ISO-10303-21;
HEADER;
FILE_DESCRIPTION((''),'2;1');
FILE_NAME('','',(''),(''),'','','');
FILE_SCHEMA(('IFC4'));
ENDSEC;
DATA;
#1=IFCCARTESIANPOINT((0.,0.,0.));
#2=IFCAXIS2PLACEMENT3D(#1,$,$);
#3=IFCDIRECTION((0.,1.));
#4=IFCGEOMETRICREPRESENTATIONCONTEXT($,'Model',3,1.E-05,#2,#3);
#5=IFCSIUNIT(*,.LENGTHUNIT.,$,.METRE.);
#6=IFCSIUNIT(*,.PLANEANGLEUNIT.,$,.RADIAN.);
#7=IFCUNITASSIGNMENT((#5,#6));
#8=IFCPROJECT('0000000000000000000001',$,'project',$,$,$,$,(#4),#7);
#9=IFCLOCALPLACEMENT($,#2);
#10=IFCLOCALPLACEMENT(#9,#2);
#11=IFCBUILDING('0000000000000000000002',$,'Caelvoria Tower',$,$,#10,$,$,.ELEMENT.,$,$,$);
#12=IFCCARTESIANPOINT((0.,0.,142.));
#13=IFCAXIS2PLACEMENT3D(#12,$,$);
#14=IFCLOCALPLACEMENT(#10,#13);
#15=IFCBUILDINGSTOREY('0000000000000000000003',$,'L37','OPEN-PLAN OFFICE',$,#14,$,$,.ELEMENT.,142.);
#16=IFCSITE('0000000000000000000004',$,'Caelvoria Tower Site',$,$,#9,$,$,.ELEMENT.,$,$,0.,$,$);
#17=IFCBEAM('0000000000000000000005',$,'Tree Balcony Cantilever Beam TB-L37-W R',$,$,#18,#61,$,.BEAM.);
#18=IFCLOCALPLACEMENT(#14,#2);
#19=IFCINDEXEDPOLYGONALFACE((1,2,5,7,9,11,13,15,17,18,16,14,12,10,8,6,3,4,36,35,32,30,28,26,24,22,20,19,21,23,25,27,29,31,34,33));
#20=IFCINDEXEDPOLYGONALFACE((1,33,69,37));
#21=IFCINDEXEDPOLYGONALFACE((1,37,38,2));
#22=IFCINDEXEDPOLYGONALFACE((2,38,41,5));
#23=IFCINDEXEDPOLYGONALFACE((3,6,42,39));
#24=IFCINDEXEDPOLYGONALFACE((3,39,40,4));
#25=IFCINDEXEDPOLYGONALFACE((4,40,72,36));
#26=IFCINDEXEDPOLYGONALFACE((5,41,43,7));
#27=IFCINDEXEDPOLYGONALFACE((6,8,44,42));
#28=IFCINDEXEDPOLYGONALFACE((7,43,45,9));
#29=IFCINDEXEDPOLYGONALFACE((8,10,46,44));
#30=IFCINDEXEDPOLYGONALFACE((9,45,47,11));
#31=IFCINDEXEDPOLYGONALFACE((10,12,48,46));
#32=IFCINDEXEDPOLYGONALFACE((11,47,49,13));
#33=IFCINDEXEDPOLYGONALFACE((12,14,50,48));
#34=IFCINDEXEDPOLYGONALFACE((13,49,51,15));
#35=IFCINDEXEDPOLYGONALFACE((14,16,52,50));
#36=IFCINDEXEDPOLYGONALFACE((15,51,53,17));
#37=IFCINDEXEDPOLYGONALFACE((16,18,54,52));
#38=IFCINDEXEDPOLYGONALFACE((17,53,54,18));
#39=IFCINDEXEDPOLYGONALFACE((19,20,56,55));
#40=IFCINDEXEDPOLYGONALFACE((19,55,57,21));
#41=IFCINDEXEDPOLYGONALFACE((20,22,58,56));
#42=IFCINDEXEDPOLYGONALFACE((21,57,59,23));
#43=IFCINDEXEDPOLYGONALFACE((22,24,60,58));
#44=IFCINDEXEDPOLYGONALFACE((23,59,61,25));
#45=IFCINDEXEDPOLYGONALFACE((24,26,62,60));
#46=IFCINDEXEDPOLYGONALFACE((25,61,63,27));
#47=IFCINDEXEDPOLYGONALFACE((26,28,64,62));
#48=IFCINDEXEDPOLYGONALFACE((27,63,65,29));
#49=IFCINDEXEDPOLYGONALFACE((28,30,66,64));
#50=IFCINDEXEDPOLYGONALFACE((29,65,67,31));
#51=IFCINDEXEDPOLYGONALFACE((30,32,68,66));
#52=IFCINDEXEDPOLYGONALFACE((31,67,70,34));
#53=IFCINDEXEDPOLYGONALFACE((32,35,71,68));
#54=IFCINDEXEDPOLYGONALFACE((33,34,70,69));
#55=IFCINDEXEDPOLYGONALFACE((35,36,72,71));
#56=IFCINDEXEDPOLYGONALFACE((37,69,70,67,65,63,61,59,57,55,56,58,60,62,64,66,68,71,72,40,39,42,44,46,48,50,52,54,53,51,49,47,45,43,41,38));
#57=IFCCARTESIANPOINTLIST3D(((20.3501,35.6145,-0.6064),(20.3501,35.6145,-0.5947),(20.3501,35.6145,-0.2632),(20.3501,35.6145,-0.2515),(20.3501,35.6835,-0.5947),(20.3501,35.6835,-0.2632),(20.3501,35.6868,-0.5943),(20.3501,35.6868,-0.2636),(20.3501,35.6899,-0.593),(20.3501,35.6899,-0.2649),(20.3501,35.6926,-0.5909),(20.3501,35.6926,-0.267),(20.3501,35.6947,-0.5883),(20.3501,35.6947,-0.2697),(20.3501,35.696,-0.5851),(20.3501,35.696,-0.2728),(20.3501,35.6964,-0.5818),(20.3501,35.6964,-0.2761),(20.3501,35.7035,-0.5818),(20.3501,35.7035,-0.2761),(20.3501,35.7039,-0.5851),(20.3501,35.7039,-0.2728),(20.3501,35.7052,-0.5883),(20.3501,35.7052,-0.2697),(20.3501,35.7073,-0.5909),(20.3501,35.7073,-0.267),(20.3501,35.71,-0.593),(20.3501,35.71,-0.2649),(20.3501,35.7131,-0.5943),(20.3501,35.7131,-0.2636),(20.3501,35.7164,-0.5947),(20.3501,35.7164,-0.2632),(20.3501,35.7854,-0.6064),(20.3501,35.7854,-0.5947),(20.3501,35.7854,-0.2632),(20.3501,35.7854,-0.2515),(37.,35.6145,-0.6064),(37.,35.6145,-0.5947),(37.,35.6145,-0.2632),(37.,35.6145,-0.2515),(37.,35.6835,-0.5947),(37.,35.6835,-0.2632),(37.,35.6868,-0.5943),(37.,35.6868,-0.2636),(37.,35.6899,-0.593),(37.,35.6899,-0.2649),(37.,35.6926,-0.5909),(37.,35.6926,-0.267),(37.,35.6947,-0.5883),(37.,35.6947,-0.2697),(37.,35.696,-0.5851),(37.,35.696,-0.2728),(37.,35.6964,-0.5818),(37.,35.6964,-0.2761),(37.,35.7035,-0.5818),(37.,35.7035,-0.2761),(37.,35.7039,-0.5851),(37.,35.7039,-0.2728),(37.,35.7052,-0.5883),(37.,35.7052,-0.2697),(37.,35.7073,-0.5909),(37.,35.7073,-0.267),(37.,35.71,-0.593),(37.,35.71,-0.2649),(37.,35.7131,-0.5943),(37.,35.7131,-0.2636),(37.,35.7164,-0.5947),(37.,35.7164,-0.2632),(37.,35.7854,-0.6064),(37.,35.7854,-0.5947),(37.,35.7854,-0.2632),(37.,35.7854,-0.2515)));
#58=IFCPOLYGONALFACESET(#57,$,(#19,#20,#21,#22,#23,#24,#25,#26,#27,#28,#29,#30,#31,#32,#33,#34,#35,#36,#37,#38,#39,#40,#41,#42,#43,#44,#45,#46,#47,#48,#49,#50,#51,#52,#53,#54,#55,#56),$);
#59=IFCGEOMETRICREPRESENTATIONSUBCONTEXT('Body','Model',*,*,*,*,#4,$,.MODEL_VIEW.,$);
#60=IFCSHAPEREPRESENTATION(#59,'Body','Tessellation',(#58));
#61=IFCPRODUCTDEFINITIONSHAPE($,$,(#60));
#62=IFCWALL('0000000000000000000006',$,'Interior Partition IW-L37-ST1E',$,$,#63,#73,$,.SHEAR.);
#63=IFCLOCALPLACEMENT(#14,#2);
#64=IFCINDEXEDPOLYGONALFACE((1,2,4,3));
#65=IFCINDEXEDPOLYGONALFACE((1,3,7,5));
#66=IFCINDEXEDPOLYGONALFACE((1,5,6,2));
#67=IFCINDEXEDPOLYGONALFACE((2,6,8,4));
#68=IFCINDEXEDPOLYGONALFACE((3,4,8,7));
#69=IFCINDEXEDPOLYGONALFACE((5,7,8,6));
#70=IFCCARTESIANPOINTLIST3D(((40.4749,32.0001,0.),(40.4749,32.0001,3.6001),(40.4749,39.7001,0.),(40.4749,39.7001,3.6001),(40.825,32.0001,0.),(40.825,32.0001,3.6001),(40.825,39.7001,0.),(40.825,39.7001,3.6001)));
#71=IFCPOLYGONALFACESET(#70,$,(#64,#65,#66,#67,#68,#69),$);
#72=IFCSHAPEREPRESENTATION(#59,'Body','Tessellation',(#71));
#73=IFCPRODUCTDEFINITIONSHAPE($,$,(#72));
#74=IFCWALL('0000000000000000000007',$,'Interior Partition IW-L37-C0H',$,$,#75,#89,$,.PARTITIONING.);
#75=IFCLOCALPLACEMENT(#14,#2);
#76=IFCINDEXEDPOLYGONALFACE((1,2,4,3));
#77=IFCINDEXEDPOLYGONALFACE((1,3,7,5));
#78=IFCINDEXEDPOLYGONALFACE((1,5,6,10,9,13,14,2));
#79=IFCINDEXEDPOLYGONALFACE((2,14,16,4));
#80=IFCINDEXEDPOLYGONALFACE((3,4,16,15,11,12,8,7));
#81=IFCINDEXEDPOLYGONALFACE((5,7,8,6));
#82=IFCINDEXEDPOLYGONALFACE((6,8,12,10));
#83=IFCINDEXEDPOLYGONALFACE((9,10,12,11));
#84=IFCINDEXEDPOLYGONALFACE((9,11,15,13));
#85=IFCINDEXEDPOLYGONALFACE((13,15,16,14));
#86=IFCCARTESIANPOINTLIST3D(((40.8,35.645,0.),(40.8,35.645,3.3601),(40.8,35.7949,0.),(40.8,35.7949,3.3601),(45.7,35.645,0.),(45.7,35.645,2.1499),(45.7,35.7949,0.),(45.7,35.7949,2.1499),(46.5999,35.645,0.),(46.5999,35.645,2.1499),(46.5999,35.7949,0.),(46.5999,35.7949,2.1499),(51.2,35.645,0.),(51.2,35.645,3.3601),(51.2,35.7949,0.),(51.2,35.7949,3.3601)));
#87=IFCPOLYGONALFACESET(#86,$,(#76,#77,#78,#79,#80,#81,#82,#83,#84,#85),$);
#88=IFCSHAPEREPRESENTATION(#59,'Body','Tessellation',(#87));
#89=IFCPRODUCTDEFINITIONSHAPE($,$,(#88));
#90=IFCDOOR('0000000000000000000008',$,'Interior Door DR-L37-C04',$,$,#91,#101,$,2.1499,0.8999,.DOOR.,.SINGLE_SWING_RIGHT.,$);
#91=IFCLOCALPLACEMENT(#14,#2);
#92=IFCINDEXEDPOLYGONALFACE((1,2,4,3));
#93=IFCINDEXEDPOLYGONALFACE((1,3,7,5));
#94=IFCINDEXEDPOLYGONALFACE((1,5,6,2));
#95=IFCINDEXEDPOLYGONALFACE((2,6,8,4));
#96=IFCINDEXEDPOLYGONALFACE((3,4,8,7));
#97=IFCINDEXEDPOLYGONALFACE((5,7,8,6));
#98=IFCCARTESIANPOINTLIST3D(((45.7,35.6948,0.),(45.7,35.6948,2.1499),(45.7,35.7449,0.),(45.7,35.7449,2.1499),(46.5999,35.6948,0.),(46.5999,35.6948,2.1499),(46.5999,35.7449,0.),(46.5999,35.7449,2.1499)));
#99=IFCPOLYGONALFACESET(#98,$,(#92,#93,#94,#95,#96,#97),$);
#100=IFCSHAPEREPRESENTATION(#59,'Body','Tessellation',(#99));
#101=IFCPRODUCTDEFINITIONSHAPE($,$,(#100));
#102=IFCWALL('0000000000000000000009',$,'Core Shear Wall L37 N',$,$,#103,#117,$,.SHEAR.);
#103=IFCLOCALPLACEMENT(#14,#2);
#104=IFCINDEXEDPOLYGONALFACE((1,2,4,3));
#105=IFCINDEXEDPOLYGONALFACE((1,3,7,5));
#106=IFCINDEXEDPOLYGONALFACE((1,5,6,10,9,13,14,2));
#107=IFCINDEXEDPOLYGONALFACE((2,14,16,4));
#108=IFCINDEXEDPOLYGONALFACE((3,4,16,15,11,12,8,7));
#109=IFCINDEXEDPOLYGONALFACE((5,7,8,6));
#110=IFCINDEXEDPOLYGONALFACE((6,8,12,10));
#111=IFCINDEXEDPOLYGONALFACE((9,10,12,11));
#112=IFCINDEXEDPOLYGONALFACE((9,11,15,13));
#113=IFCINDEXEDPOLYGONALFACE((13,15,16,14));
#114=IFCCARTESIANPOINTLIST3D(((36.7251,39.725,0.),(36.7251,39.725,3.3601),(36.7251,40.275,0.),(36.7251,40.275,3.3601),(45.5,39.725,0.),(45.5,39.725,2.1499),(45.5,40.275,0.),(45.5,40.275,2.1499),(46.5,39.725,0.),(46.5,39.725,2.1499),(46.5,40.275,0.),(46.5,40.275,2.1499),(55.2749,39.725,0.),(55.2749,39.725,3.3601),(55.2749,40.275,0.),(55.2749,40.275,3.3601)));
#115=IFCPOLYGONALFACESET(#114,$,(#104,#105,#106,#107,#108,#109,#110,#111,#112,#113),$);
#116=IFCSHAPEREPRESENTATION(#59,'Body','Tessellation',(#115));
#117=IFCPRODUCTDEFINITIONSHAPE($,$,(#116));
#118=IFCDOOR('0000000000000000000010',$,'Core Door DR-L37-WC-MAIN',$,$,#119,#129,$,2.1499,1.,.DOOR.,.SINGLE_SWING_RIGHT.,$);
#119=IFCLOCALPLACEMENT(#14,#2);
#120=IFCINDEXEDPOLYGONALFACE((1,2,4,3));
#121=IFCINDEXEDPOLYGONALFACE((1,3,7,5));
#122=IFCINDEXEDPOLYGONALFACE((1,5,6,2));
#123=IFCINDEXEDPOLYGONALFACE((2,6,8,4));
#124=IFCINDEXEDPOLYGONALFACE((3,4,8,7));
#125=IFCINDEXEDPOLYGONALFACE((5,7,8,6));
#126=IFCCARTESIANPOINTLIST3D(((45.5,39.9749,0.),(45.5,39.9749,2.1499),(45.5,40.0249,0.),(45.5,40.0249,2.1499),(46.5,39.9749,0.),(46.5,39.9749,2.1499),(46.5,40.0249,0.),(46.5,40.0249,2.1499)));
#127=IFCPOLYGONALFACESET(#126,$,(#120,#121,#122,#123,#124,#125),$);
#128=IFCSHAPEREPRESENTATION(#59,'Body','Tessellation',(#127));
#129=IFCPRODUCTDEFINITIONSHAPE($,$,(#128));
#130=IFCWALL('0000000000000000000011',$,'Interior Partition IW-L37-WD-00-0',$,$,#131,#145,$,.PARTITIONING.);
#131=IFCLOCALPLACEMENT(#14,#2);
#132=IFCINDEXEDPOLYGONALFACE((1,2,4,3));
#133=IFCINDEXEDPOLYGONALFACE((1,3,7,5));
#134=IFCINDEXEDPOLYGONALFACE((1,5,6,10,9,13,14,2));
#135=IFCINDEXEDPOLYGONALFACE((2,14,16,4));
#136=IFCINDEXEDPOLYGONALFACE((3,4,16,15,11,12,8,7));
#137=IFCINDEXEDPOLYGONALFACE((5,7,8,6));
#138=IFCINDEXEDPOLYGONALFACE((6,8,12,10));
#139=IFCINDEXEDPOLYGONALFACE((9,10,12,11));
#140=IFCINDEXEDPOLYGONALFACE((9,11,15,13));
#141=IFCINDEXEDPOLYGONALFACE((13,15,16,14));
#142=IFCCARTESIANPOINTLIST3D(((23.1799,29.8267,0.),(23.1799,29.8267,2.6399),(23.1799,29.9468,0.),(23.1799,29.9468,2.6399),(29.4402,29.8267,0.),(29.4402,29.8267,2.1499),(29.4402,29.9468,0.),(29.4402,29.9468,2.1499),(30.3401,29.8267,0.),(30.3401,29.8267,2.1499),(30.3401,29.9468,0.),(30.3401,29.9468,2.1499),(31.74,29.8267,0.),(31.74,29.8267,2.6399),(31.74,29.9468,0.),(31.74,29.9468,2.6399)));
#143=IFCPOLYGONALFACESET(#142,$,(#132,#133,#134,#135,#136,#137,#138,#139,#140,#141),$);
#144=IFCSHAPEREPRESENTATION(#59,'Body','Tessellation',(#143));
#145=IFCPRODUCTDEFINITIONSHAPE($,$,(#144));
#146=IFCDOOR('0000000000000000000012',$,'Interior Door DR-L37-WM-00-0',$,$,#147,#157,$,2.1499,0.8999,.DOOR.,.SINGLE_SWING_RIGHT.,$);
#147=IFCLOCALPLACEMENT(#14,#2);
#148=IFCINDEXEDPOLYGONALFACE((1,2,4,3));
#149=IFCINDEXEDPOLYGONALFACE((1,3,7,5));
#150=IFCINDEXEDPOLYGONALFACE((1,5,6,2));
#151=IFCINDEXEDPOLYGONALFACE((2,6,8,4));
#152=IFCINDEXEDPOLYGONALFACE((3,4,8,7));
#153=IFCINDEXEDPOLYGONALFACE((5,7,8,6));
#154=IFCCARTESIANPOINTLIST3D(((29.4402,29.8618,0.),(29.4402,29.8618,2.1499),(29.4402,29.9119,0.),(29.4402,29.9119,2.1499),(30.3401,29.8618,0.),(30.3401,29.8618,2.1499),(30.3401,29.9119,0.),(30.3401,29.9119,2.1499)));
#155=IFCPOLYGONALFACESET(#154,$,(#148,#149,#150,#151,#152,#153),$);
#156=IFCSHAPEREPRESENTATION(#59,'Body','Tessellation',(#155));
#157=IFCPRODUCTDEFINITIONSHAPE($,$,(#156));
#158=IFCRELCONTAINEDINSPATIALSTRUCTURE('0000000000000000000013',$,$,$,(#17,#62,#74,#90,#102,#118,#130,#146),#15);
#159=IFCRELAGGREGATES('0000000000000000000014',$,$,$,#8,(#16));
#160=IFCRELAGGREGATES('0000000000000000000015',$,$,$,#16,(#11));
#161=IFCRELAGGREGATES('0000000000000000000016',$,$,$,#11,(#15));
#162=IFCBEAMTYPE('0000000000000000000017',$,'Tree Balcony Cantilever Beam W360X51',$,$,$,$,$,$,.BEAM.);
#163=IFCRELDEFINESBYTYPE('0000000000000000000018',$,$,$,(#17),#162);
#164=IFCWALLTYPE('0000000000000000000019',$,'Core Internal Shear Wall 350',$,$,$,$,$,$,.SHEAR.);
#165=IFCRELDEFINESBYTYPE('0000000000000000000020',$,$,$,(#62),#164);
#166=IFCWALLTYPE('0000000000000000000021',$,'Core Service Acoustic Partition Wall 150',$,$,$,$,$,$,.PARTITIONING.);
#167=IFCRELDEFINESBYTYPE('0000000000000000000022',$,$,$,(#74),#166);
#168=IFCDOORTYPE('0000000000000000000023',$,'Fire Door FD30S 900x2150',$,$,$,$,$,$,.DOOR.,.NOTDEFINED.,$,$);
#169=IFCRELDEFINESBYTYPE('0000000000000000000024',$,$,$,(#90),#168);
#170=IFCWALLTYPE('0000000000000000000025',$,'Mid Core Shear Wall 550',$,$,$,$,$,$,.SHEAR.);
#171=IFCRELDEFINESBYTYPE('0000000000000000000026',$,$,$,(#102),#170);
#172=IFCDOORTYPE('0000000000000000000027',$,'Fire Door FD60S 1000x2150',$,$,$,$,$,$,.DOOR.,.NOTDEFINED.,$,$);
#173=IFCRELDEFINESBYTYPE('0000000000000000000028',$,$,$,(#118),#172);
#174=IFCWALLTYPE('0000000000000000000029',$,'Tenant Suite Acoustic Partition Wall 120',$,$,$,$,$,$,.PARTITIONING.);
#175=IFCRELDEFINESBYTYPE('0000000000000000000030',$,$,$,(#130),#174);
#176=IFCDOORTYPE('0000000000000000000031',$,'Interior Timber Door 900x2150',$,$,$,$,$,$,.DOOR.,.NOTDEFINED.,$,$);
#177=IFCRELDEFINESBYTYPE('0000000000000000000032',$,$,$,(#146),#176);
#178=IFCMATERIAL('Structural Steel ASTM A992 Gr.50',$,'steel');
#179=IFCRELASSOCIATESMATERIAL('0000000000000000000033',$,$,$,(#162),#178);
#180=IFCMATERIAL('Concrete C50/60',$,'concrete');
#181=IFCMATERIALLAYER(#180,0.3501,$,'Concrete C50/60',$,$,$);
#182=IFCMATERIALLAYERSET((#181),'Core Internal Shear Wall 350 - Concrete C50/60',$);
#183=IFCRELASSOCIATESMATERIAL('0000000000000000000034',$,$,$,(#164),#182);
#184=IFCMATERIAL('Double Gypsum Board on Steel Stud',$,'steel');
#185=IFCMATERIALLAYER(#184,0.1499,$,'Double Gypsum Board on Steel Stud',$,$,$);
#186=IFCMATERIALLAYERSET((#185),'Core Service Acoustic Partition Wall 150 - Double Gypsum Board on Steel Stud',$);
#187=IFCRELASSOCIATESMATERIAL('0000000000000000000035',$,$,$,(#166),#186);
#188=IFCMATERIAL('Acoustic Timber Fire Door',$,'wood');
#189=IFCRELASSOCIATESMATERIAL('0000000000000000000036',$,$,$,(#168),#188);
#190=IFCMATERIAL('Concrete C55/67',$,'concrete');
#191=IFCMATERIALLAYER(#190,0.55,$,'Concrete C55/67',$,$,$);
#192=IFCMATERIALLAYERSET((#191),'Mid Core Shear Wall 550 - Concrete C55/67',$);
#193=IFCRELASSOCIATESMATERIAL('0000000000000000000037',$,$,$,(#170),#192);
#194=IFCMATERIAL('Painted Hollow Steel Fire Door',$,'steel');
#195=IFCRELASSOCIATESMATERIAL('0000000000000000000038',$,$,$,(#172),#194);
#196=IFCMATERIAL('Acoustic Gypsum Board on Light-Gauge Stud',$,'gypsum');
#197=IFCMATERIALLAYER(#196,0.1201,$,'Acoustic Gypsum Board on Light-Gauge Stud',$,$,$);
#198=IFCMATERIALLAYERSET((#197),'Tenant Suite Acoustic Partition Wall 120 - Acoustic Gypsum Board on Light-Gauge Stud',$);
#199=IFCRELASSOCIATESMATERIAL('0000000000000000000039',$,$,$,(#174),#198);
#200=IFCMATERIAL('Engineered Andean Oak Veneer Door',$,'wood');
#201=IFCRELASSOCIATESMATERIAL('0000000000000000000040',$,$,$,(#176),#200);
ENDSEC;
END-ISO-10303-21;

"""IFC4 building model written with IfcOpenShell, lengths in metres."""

from ifc_helpers import new_model, si_unit, direction, frame, frame_2d, origin, origin_2d, place, context, subcontext, project, spatial, rectangle, i_section, extrude, material, layer, layer_set, material_profile, profile_set, type_object, element, fill, save


model = new_model("IFC4")

# Units and contexts
model_context = context("Model", 3, precision=1e-05, world=origin(), true_north=direction((0.0, 1.0)))
body_context = subcontext(model_context, "Body", "Model", "MODEL_VIEW")
ifc_project = project(units=[si_unit("LENGTHUNIT", "METRE"), si_unit("PLANEANGLEUNIT", "RADIAN")], contexts=[model_context])

# Site, building, storey
site_placement = place(None, origin())
site = spatial("IfcSite", under=ifc_project, at=site_placement, Name="Caelvoria Tower Site", CompositionType="ELEMENT", RefElevation=0.0)
building_placement = place(site_placement, origin())
building = spatial("IfcBuilding", under=site, at=building_placement, Name="Caelvoria Tower", CompositionType="ELEMENT")
storey_placement = place(building_placement, frame((0.0, 0.0, 142.0)))
storey = spatial("IfcBuildingStorey", under=building, at=storey_placement, Name="L37", Description="OPEN-PLAN OFFICE", CompositionType="ELEMENT", Elevation=142.0)

# Shared definitions
ifc_material_1 = material(Name="Structural Steel ASTM A992 Gr.50", Category="steel")

# Beam
ifc_material_profile_1 = material_profile(ifc_material_1, i_section(OverallWidth=0.1709, OverallDepth=0.355, WebThickness=0.0071, FlangeThickness=0.0117, FilletRadius=0.0129, at=origin_2d()), Name="Structural Steel ASTM A992 Gr.50")
ifc_profile_set_1 = profile_set([ifc_material_profile_1], Name="W360X51 - Structural Steel ASTM A992 Gr.50")
beam_type_1 = type_object("IfcBeamType", Name="Tree Balcony Cantilever Beam W360X51", PredefinedType="BEAM", material=ifc_profile_set_1)
beam_1_placement = place(storey_placement, frame((37.0, 35.7, -0.429), z_axis=(-1.0, 0.0, 0.0), x_axis=(0.0, -1.0, 0.0)))
element("IfcBeam", 1, at=beam_1_placement, inside=storey, type_object=beam_type_1, Name="Tree Balcony Cantilever Beam TB-L37-W R", PredefinedType="BEAM", context=body_context, shape_type="SweptSolid", body=[
    extrude(i_section(OverallWidth=0.1709, OverallDepth=0.355, WebThickness=0.0071, FlangeThickness=0.0117, FilletRadius=0.0129, at=origin_2d()), origin(), (0.0, 0.0, 1.0), 16.6499),
])

# Shared definitions
ifc_material_2 = material(Name="Concrete C50/60", Category="concrete")
ifc_layer_1 = layer(ifc_material_2, 0.3501, Name="Concrete C50/60")
ifc_layer_set_1 = layer_set([ifc_layer_1], Name="Core Internal Shear Wall 350 - Concrete C50/60")
wall_type_1 = type_object("IfcWallType", Name="Core Internal Shear Wall 350", PredefinedType="SHEAR", material=ifc_layer_set_1)
ifc_material_3 = material(Name="Painted Hollow Steel Fire Door", Category="steel")

# Wall
wall_1_placement = place(storey_placement, frame((40.6499, 32.0, 0.0), z_axis=(0.0, 0.0, 1.0), x_axis=(0.0, 1.0, 0.0)))
element("IfcWall", 2, at=wall_1_placement, inside=storey, type_object=wall_type_1, Name="Interior Partition IW-L37-ST1E", PredefinedType="SHEAR", context=body_context, shape_type="SweptSolid", body=[
    extrude(rectangle(XDim=7.7, YDim=0.3501, at=frame_2d((3.8501, 0.0))), origin(), (0.0, 0.0, 1.0), 3.6001),
])

# Walls, openings, doors
ifc_material_4 = material(Name="Double Gypsum Board on Steel Stud", Category="steel")
ifc_layer_2 = layer(ifc_material_4, 0.1499, Name="Double Gypsum Board on Steel Stud")
ifc_layer_set_2 = layer_set([ifc_layer_2], Name="Core Service Acoustic Partition Wall 150 - Double Gypsum Board on Steel Stud")
wall_type_2 = type_object("IfcWallType", Name="Core Service Acoustic Partition Wall 150", PredefinedType="PARTITIONING", material=ifc_layer_set_2)
wall_2_placement = place(storey_placement, frame((40.8, 35.72, 0.0), z_axis=(0.0, 0.0, 1.0), x_axis=(1.0, 0.0, 0.0)))
wall_2 = element("IfcWall", 3, at=wall_2_placement, inside=storey, type_object=wall_type_2, Name="Interior Partition IW-L37-C0H", PredefinedType="PARTITIONING", context=body_context, shape_type="SweptSolid", body=[
    extrude(rectangle(XDim=10.3999, YDim=0.1499, at=frame_2d((5.2, 0.0))), origin(), (0.0, 0.0, 1.0), 3.3601),
])
opening_1_placement = place(wall_2_placement, frame((4.8999, 0.0, 0.0)))
opening_1 = element("IfcOpeningElement", 4, at=opening_1_placement, cuts=wall_2, PredefinedType="OPENING", context=body_context, shape_type="SweptSolid", body=[
    extrude(rectangle(XDim=0.8999, YDim=2.1499, at=frame_2d((0.45, 1.075))), frame((0.0, 0.085, 0.0), z_axis=(0.0, -1.0, 0.0), x_axis=(1.0, 0.0, 0.0)), (0.0, 0.0, 1.0), 0.1699),
])
ifc_material_5 = material(Name="Acoustic Timber Fire Door", Category="wood")
door_type_1 = type_object("IfcDoorType", Name="Fire Door FD30S 900x2150", OperationType="NOTDEFINED", PredefinedType="DOOR", material=ifc_material_5)
door_1_placement = place(opening_1_placement, origin())
door_1 = element("IfcDoor", 5, at=door_1_placement, inside=storey, type_object=door_type_1, Name="Interior Door DR-L37-C04", OperationType="SINGLE_SWING_RIGHT", OverallHeight=2.1499, OverallWidth=0.8999, PredefinedType="DOOR", context=body_context, shape_type="SweptSolid", body=[
    extrude(rectangle(XDim=0.8999, YDim=2.1499, at=frame_2d((0.45, 1.075))), frame((0.0, 0.0249, 0.0), z_axis=(0.0, -1.0, 0.0), x_axis=(1.0, 0.0, 0.0)), (0.0, 0.0, 1.0), 0.05),
])
fill(opening_1, door_1)
ifc_material_6 = material(Name="Concrete C55/67", Category="concrete")
ifc_layer_3 = layer(ifc_material_6, 0.55, Name="Concrete C55/67")
ifc_layer_set_3 = layer_set([ifc_layer_3], Name="Mid Core Shear Wall 550 - Concrete C55/67")
wall_type_3 = type_object("IfcWallType", Name="Mid Core Shear Wall 550", PredefinedType="SHEAR", material=ifc_layer_set_3)
wall_3_placement = place(storey_placement, frame((36.7251, 40.0, 0.0), z_axis=(0.0, 0.0, 1.0), x_axis=(1.0, 0.0, 0.0)))
wall_3 = element("IfcWall", 6, at=wall_3_placement, inside=storey, type_object=wall_type_3, Name="Core Shear Wall L37 N", PredefinedType="SHEAR", context=body_context, shape_type="SweptSolid", body=[
    extrude(rectangle(XDim=18.5498, YDim=0.55, at=frame_2d((9.2749, 0.0))), origin(), (0.0, 0.0, 1.0), 3.3601),
])
opening_2_placement = place(wall_3_placement, frame((8.7749, 0.0, 0.0)))
opening_2 = element("IfcOpeningElement", 7, at=opening_2_placement, cuts=wall_3, PredefinedType="OPENING", context=body_context, shape_type="SweptSolid", body=[
    extrude(rectangle(XDim=1.0, YDim=2.1499, at=frame_2d((0.5, 1.075))), frame((0.0, 0.2849, 0.0), z_axis=(0.0, -1.0, 0.0), x_axis=(1.0, 0.0, 0.0)), (0.0, 0.0, 1.0), 0.5701),
])
door_type_2 = type_object("IfcDoorType", Name="Fire Door FD60S 1000x2150", OperationType="NOTDEFINED", PredefinedType="DOOR", material=ifc_material_3)
door_2_placement = place(opening_2_placement, origin())
door_2 = element("IfcDoor", 8, at=door_2_placement, inside=storey, type_object=door_type_2, Name="Core Door DR-L37-WC-MAIN", OperationType="SINGLE_SWING_RIGHT", OverallHeight=2.1499, OverallWidth=1.0, PredefinedType="DOOR", context=body_context, shape_type="SweptSolid", body=[
    extrude(rectangle(XDim=1.0, YDim=2.1499, at=frame_2d((0.5, 1.075))), frame((0.0, 0.0249, 0.0), z_axis=(0.0, -1.0, 0.0), x_axis=(1.0, 0.0, 0.0)), (0.0, 0.0, 1.0), 0.05),
])
fill(opening_2, door_2)
ifc_material_7 = material(Name="Acoustic Gypsum Board on Light-Gauge Stud", Category="gypsum")
ifc_layer_4 = layer(ifc_material_7, 0.1201, Name="Acoustic Gypsum Board on Light-Gauge Stud")
ifc_layer_set_4 = layer_set([ifc_layer_4], Name="Tenant Suite Acoustic Partition Wall 120 - Acoustic Gypsum Board on Light-Gauge Stud")
wall_type_4 = type_object("IfcWallType", Name="Tenant Suite Acoustic Partition Wall 120", PredefinedType="PARTITIONING", material=ifc_layer_set_4)
wall_4_placement = place(storey_placement, frame((31.74, 29.8867, 0.0), z_axis=(0.0, 0.0, 1.0), x_axis=(-1.0, 0.0, 0.0)))
wall_4 = element("IfcWall", 9, at=wall_4_placement, inside=storey, type_object=wall_type_4, Name="Interior Partition IW-L37-WD-00-0", PredefinedType="PARTITIONING", context=body_context, shape_type="SweptSolid", body=[
    extrude(rectangle(XDim=8.5601, YDim=0.1201, at=frame_2d((4.28, 0.0))), origin(), (0.0, 0.0, 1.0), 2.6399),
])
opening_3_placement = place(wall_4_placement, frame((1.3999, 0.0, 0.0)))
opening_3 = element("IfcOpeningElement", 10, at=opening_3_placement, cuts=wall_4, PredefinedType="OPENING", context=body_context, shape_type="SweptSolid", body=[
    extrude(rectangle(XDim=0.8999, YDim=2.1499, at=frame_2d((0.45, 1.075))), frame((0.0, 0.0701, 0.0), z_axis=(0.0, -1.0, 0.0), x_axis=(1.0, 0.0, 0.0)), (0.0, 0.0, 1.0), 0.1401),
])
ifc_material_8 = material(Name="Engineered Andean Oak Veneer Door", Category="wood")
door_type_3 = type_object("IfcDoorType", Name="Interior Timber Door 900x2150", OperationType="NOTDEFINED", PredefinedType="DOOR", material=ifc_material_8)
door_3_placement = place(opening_3_placement, origin())
door_3 = element("IfcDoor", 11, at=door_3_placement, inside=storey, type_object=door_type_3, Name="Interior Door DR-L37-WM-00-0", OperationType="SINGLE_SWING_RIGHT", OverallHeight=2.1499, OverallWidth=0.8999, PredefinedType="DOOR", context=body_context, shape_type="SweptSolid", body=[
    extrude(rectangle(XDim=0.8999, YDim=2.1499, at=frame_2d((0.45, 1.075))), frame((0.0, 0.0249, 0.0), z_axis=(0.0, -1.0, 0.0), x_axis=(1.0, 0.0, 0.0)), (0.0, 0.0, 1.0), 0.05),
])
fill(opening_3, door_3)

save(model, "model.ifc")
